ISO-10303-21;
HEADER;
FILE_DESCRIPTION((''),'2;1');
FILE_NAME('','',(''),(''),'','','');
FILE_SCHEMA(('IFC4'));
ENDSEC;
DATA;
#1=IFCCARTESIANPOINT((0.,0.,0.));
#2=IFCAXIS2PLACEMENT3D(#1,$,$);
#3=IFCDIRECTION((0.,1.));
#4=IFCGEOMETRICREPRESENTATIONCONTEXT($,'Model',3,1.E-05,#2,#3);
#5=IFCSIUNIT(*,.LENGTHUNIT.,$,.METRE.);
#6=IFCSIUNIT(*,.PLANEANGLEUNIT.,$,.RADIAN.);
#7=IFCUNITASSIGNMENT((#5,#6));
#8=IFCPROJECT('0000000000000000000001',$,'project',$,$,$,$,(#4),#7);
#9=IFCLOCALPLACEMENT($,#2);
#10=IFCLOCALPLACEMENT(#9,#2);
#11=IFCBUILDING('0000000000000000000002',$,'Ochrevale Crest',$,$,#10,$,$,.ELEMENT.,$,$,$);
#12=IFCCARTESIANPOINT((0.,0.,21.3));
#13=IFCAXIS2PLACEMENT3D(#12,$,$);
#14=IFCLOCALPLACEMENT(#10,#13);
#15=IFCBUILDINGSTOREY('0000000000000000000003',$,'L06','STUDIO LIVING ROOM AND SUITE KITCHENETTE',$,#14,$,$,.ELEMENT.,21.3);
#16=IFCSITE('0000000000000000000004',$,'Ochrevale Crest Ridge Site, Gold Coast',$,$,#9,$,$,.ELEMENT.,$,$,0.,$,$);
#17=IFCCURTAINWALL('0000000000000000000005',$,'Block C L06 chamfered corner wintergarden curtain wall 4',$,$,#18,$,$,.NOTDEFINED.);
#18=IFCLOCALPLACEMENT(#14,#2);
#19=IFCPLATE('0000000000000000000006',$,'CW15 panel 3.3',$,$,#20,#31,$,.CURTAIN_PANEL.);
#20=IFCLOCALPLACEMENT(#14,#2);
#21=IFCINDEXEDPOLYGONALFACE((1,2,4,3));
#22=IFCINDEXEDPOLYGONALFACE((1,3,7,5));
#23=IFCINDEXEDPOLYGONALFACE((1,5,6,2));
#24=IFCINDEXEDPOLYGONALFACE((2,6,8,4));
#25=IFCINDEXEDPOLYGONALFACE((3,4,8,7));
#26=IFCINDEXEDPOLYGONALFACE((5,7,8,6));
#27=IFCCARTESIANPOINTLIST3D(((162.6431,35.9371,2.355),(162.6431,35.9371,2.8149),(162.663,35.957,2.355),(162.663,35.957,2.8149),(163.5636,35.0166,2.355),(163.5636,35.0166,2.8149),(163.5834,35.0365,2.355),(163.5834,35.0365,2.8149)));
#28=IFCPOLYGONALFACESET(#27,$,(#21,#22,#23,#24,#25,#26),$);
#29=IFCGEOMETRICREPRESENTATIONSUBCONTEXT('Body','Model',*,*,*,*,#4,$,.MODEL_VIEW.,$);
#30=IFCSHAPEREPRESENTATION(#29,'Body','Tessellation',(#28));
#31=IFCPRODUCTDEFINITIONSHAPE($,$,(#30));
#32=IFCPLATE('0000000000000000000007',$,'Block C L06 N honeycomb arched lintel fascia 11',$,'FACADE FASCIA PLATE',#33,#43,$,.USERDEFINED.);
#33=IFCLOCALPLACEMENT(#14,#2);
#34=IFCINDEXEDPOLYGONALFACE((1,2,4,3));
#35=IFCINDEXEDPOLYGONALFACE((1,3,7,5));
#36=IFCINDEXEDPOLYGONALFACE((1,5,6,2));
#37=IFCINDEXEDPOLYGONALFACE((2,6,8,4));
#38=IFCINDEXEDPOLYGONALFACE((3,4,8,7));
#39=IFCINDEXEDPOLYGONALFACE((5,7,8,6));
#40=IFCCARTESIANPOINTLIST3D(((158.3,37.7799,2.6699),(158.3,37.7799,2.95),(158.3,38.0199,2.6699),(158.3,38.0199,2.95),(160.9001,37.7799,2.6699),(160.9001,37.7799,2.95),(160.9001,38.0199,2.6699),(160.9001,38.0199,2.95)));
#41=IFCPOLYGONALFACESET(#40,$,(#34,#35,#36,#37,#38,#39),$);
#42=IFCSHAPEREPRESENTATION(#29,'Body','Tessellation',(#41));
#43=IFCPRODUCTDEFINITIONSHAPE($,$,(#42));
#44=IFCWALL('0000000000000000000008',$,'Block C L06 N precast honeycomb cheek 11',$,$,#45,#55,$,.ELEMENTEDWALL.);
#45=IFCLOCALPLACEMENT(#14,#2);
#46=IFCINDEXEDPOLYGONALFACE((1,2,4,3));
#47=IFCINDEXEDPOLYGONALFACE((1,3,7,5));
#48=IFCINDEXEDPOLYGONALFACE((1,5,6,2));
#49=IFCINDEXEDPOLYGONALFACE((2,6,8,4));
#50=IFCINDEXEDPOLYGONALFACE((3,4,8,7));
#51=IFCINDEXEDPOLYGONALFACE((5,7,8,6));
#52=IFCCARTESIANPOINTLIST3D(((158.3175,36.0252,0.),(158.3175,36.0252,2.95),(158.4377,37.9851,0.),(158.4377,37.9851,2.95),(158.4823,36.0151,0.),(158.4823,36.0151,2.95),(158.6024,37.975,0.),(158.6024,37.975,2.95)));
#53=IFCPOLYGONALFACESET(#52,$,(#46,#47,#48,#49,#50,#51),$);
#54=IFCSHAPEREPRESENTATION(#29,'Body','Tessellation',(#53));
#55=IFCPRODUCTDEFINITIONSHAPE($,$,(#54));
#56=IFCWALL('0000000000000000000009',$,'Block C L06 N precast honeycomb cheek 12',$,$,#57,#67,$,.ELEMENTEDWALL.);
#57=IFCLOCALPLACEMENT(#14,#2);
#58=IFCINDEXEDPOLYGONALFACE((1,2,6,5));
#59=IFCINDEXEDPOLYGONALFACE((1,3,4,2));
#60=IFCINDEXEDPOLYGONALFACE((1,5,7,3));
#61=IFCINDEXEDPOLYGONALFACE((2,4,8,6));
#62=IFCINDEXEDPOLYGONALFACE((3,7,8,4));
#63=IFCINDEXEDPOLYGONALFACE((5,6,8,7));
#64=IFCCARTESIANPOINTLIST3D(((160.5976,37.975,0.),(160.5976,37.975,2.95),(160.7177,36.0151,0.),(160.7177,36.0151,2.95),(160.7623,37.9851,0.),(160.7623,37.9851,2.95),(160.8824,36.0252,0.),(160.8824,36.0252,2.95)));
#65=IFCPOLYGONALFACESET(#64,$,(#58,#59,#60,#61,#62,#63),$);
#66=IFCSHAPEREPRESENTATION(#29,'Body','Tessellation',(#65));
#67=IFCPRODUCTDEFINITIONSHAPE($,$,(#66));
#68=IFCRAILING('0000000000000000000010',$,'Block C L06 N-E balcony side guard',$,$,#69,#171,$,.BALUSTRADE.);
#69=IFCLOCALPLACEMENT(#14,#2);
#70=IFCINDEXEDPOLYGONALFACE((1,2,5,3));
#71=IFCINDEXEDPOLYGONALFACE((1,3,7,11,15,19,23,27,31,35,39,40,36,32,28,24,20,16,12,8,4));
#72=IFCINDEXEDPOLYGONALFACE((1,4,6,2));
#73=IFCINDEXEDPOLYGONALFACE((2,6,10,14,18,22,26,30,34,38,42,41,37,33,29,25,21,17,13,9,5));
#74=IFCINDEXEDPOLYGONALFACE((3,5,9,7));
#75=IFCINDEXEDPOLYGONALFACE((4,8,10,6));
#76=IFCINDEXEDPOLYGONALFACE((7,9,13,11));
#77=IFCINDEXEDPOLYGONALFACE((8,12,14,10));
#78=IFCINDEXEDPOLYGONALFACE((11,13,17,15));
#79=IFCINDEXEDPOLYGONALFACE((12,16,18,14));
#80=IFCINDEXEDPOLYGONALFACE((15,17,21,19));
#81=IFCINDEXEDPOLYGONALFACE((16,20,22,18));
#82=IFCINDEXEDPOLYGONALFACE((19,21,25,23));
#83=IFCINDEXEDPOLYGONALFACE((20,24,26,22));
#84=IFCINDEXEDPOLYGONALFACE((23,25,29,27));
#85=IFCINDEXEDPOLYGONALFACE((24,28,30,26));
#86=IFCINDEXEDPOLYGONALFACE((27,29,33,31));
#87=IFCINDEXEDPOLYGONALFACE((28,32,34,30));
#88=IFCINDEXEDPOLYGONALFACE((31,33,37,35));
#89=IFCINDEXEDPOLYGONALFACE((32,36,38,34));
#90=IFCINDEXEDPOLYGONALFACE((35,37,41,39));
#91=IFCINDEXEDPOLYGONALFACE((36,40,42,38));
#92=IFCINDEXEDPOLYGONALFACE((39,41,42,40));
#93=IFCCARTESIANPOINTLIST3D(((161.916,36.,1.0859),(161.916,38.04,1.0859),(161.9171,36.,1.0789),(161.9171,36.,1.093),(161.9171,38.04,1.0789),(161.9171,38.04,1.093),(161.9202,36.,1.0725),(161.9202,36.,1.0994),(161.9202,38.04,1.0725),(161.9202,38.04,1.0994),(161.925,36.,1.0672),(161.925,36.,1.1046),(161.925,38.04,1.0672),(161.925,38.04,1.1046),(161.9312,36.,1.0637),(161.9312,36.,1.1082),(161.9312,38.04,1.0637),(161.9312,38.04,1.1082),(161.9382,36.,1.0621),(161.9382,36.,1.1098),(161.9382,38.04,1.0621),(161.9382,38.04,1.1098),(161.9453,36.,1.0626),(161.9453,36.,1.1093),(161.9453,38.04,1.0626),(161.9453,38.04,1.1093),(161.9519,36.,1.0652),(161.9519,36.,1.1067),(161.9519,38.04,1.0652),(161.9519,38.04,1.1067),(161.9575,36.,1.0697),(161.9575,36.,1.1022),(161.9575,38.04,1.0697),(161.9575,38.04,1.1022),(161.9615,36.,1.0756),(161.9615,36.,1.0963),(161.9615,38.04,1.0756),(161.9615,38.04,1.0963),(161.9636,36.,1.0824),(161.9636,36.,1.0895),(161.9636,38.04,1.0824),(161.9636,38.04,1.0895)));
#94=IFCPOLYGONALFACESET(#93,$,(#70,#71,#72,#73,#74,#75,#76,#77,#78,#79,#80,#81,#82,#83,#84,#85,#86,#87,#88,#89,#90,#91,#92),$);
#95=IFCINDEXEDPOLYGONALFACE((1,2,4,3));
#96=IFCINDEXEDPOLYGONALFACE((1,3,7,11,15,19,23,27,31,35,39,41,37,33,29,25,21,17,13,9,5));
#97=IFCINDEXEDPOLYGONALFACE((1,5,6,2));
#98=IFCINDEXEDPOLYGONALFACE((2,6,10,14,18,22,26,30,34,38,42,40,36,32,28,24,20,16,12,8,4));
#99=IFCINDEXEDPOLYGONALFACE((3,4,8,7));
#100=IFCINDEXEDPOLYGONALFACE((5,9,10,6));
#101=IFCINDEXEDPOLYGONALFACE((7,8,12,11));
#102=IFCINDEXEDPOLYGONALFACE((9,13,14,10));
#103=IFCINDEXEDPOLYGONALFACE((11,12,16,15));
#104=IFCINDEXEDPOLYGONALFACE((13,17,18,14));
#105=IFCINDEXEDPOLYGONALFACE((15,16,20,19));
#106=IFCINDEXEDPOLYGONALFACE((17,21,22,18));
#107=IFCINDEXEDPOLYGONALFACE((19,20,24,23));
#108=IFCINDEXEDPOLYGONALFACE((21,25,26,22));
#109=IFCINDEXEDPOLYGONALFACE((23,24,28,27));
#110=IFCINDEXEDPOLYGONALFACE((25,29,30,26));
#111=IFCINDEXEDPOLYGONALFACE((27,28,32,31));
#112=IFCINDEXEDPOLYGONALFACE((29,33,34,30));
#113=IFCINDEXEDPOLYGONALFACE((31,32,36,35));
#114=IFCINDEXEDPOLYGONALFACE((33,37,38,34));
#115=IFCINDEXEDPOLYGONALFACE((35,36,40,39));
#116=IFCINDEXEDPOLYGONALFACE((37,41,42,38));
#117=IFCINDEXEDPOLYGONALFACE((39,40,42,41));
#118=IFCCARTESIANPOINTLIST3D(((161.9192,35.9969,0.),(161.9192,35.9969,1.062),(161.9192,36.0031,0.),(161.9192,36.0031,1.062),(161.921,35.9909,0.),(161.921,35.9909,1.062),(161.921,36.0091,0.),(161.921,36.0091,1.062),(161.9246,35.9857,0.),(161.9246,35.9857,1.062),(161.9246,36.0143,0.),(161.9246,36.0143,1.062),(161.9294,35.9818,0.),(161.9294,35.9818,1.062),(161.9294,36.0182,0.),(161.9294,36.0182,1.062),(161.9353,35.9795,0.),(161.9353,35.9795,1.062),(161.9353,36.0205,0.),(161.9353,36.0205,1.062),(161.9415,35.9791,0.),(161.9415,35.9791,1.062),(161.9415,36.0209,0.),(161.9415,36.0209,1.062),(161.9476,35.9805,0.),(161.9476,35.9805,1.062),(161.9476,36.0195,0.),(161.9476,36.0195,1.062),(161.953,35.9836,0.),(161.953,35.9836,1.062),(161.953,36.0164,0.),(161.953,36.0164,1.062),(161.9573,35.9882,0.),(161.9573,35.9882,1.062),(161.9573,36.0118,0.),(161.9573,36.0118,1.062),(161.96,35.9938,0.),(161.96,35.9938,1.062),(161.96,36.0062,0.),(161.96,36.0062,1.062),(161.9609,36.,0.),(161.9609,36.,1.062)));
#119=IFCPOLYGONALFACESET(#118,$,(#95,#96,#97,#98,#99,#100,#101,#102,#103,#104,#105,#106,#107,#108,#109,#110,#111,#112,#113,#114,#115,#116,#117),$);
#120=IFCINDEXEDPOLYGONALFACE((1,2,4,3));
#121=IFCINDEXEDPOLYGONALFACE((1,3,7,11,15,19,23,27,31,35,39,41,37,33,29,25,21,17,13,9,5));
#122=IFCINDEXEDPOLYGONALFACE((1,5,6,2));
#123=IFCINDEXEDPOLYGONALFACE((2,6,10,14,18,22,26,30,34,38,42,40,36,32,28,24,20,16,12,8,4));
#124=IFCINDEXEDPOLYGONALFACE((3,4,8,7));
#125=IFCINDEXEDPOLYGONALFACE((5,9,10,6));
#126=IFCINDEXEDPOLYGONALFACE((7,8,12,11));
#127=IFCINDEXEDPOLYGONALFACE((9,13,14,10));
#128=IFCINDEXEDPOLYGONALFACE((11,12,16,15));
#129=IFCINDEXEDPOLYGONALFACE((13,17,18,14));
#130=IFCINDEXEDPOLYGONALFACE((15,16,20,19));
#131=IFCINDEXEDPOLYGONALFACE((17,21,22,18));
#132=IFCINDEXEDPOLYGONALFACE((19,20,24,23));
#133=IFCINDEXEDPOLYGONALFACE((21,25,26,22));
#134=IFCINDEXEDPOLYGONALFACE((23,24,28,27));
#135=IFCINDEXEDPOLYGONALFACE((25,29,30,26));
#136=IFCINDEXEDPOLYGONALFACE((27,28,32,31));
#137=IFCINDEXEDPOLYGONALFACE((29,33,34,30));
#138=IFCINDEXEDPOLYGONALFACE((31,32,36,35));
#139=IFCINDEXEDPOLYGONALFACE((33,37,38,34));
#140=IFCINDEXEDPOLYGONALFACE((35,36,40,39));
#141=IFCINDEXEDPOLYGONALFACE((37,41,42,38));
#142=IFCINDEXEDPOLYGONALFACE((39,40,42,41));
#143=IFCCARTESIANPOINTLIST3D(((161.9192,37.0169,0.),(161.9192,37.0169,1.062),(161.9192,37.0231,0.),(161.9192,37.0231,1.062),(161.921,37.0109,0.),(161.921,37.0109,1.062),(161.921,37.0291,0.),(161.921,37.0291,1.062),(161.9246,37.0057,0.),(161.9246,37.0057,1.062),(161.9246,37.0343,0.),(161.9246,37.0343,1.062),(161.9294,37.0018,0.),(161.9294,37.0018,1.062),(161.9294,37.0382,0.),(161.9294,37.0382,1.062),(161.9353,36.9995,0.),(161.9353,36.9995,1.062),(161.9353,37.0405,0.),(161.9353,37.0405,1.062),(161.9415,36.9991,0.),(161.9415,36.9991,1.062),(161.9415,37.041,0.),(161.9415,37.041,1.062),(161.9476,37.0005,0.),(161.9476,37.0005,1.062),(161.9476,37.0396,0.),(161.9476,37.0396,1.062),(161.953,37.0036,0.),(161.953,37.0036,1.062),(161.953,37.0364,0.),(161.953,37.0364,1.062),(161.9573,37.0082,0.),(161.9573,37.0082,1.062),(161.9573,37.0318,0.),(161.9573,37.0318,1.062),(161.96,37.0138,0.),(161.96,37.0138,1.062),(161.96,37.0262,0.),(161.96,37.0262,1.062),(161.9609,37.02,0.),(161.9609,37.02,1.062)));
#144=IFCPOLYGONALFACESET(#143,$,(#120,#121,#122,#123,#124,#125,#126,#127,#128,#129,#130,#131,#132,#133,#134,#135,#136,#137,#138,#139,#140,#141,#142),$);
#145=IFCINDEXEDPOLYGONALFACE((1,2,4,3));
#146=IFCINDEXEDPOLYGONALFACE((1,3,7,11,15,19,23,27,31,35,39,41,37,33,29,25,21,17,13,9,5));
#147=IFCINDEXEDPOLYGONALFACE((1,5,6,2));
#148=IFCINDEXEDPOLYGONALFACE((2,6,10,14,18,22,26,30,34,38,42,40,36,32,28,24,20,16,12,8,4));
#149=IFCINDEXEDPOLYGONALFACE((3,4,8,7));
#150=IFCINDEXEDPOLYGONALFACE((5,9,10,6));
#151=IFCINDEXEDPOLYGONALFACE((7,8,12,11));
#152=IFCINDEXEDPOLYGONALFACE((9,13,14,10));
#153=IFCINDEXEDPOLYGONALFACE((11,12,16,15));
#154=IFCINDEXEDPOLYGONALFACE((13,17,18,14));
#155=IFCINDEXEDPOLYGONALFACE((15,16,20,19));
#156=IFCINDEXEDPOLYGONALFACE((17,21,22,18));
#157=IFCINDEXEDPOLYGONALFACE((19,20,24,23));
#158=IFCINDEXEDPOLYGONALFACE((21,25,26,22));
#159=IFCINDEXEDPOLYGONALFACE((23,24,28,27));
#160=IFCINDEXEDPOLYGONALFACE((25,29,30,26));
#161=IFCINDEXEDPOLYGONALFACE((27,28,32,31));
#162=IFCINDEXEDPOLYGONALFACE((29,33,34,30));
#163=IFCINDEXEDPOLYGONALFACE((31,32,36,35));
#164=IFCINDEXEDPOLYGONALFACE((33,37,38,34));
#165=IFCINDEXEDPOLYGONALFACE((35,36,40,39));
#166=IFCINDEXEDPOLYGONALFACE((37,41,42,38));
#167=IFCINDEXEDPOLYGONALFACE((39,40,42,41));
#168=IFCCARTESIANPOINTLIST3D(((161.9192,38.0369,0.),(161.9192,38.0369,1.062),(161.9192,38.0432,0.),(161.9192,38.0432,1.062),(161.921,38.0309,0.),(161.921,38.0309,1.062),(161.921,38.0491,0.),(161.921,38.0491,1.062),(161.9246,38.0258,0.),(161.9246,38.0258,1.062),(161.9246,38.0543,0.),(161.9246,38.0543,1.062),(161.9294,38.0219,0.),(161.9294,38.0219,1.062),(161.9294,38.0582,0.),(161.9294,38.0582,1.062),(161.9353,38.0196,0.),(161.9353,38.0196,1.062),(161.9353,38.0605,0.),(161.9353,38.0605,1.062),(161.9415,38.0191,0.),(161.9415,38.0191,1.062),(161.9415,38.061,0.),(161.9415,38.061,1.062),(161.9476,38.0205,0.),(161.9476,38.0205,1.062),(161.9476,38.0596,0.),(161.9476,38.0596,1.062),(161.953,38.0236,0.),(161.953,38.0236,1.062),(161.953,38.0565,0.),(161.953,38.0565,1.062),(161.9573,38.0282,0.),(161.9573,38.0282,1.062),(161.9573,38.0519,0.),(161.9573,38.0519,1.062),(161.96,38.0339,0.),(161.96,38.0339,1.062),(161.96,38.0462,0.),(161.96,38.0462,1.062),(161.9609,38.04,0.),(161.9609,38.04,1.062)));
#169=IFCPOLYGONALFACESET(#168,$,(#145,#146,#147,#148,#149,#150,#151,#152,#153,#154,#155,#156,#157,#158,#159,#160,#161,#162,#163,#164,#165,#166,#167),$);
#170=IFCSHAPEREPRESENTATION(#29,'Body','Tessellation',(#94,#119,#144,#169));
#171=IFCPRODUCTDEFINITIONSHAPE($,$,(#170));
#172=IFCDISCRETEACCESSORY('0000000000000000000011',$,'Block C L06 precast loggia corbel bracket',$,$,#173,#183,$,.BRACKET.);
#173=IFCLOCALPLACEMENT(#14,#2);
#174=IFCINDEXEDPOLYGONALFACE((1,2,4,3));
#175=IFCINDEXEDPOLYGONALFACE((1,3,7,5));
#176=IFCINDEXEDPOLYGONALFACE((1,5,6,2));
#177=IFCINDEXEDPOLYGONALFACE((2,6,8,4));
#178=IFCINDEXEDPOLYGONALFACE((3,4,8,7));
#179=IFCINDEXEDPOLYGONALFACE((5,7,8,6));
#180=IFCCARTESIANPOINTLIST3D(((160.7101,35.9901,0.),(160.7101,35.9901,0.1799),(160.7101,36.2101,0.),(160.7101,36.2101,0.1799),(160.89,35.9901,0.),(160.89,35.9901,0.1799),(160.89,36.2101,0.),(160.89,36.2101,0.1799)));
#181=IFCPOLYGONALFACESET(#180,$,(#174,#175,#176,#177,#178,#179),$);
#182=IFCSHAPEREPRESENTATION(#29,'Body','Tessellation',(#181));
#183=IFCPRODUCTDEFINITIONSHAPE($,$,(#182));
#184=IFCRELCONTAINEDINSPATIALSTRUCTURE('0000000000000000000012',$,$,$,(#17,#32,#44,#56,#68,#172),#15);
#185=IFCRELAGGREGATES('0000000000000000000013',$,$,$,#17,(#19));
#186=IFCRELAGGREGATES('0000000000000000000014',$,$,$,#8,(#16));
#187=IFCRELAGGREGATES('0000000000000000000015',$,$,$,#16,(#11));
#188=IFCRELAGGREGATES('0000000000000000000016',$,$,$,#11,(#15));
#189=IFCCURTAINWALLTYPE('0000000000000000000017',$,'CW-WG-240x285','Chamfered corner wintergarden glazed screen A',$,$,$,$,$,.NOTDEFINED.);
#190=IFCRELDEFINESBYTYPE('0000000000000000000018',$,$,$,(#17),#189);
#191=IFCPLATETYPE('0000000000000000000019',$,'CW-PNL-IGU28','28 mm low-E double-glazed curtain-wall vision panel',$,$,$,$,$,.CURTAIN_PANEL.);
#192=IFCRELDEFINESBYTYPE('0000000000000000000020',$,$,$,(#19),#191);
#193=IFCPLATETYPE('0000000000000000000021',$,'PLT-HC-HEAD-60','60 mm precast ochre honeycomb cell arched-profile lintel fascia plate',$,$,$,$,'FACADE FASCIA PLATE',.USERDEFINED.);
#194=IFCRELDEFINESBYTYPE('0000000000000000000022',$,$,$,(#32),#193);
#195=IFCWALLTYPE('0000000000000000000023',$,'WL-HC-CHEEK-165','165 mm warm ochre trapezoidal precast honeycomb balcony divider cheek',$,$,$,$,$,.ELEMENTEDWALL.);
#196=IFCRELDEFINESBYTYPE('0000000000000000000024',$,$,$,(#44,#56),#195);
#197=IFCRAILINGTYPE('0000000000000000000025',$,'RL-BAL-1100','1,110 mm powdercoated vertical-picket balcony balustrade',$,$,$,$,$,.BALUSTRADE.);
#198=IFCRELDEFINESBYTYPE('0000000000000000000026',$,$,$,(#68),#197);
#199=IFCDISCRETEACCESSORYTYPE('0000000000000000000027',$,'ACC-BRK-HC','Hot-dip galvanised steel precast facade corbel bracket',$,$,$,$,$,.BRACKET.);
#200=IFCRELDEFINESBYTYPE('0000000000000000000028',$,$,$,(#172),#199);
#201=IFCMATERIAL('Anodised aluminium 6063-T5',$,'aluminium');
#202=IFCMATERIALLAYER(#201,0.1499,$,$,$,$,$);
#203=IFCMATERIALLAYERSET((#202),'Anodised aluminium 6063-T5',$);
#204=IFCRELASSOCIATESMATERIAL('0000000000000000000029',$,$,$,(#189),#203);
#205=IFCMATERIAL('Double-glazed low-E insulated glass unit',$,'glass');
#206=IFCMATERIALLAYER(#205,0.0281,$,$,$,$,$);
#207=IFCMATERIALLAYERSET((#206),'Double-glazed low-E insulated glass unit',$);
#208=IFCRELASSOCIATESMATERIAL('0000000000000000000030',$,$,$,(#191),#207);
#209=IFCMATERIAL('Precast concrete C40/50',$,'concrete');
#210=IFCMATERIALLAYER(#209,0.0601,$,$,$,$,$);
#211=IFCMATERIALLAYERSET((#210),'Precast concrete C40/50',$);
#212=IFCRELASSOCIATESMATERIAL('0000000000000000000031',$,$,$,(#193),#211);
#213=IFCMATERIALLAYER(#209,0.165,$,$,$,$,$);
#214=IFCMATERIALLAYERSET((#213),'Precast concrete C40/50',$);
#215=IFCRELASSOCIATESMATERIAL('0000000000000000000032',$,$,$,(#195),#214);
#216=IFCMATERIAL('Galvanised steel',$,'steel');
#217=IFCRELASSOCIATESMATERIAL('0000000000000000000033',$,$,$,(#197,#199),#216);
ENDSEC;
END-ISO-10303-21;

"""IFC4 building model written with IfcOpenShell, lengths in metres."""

from ifc_helpers import new_model, si_unit, direction, frame, frame_2d, origin, origin_2d, place, context, subcontext, project, spatial, rectangle, circle, extrude, material, layer, layer_set, type_object, element, aggregate, save


model = new_model("IFC4")

# Units and contexts
model_context = context("Model", 3, precision=1e-05, world=origin(), true_north=direction((0.0, 1.0)))
body_context = subcontext(model_context, "Body", "Model", "MODEL_VIEW")
ifc_project = project(units=[si_unit("LENGTHUNIT", "METRE"), si_unit("PLANEANGLEUNIT", "RADIAN")], contexts=[model_context])

# Site, building, storey
site_placement = place(None, origin())
site = spatial("IfcSite", under=ifc_project, at=site_placement, Name="Ochrevale Crest Ridge Site, Gold Coast", CompositionType="ELEMENT", RefElevation=0.0)
building_placement = place(site_placement, origin())
building = spatial("IfcBuilding", under=site, at=building_placement, Name="Ochrevale Crest", CompositionType="ELEMENT")
storey_placement = place(building_placement, frame((0.0, 0.0, 21.3)))
storey = spatial("IfcBuildingStorey", under=building, at=storey_placement, Name="L06", Description="STUDIO LIVING ROOM AND SUITE KITCHENETTE", CompositionType="ELEMENT", Elevation=21.3)

# Curtain wall, plate
ifc_material_1 = material(Name="Anodised aluminium 6063-T5", Category="aluminium")
ifc_layer_1 = layer(ifc_material_1, 0.1499)
ifc_layer_set_1 = layer_set([ifc_layer_1], Name="Anodised aluminium 6063-T5")
curtain_wall_type = type_object("IfcCurtainWallType", Name="CW-WG-240x285", Description="Chamfered corner wintergarden glazed screen A", PredefinedType="NOTDEFINED", material=ifc_layer_set_1)
curtain_wall_placement = place(storey_placement, origin())
curtain_wall = element("IfcCurtainWall", 1, at=curtain_wall_placement, inside=storey, type_object=curtain_wall_type, Name="Block C L06 chamfered corner wintergarden curtain wall 4", PredefinedType="NOTDEFINED")
ifc_material_2 = material(Name="Double-glazed low-E insulated glass unit", Category="glass")
ifc_layer_2 = layer(ifc_material_2, 0.0281)
ifc_layer_set_2 = layer_set([ifc_layer_2], Name="Double-glazed low-E insulated glass unit")
plate_type_1 = type_object("IfcPlateType", Name="CW-PNL-IGU28", Description="28 mm low-E double-glazed curtain-wall vision panel", PredefinedType="CURTAIN_PANEL", material=ifc_layer_set_2)
plate_1_placement = place(storey_placement, frame((163.1133, 35.4868, 2.355), z_axis=(0.0, 0.0, 1.0), x_axis=(-0.707107, 0.707107, 0.0)))
plate_1 = element("IfcPlate", 2, at=plate_1_placement, type_object=plate_type_1, Name="CW15 panel 3.3", PredefinedType="CURTAIN_PANEL", context=body_context, shape_type="SweptSolid", body=[
    extrude(rectangle(XDim=1.3018, YDim=0.0281, at=origin_2d()), origin(), (0.0, 0.0, 1.0), 0.46),
])
aggregate(curtain_wall, [plate_1])

# Plate
ifc_material_3 = material(Name="Precast concrete C40/50", Category="concrete")
ifc_layer_3 = layer(ifc_material_3, 0.0601)
ifc_layer_set_3 = layer_set([ifc_layer_3], Name="Precast concrete C40/50")
plate_type_2 = type_object("IfcPlateType", Name="PLT-HC-HEAD-60", Description="60 mm precast ochre honeycomb cell arched-profile lintel fascia plate", ElementType="FACADE FASCIA PLATE", PredefinedType="USERDEFINED", material=ifc_layer_set_3)
plate_2_placement = place(storey_placement, frame((159.6001, 37.8999, 2.6699), z_axis=(0.0, 0.0, 1.0), x_axis=(1.0, 0.0, 0.0)))
element("IfcPlate", 3, at=plate_2_placement, inside=storey, type_object=plate_type_2, Name="Block C L06 N honeycomb arched lintel fascia 11", ObjectType="FACADE FASCIA PLATE", PredefinedType="USERDEFINED", context=body_context, shape_type="SweptSolid", body=[
    extrude(rectangle(XDim=2.6001, YDim=0.24, at=origin_2d()), origin(), (0.0, 0.0, 1.0), 0.28),
])

# Walls
ifc_layer_4 = layer(ifc_material_3, 0.165)
ifc_layer_set_4 = layer_set([ifc_layer_4], Name="Precast concrete C40/50")
wall_type_1 = type_object("IfcWallType", Name="WL-HC-CHEEK-165", Description="165 mm warm ochre trapezoidal precast honeycomb balcony divider cheek", PredefinedType="ELEMENTEDWALL", material=ifc_layer_set_4)
for number, where, z_axis, x_axis, name in (
    (4, (158.3999, 36.02, 0.0), (0.0, 0.0, 1.0), (0.061171, 0.998127, 0.0), "Block C L06 N precast honeycomb cheek 11"),
    (5, (160.8, 36.02, 0.0), (0.0, 0.0, 1.0), (-0.061171, 0.998127, 0.0), "Block C L06 N precast honeycomb cheek 12"),
):
    element("IfcWall", number, at=place(storey_placement, frame(where, z_axis=z_axis, x_axis=x_axis)), inside=storey, type_object=wall_type_1, Name=name, PredefinedType="ELEMENTEDWALL", context=body_context, shape_type="SweptSolid", body=[
        extrude(rectangle(XDim=1.9636, YDim=0.165, at=frame_2d((0.9819, 0.0))), origin(), (0.0, 0.0, 1.0), 2.95),
    ])

# Railing
ifc_material_4 = material(Name="Galvanised steel", Category="steel")
railing_type = type_object("IfcRailingType", Name="RL-BAL-1100", Description="1,110 mm powdercoated vertical-picket balcony balustrade", PredefinedType="BALUSTRADE", material=ifc_material_4)
railing_placement = place(storey_placement, frame((161.9399, 36.0, 0.0)))
element("IfcRailing", 6, at=railing_placement, inside=storey, type_object=railing_type, Name="Block C L06 N-E balcony side guard", PredefinedType="BALUSTRADE", context=body_context, shape_type="SweptSolid", body=[
    extrude(circle(Radius=0.0239, at=origin_2d()), frame((0.0, 0.0, 1.0859), z_axis=(0.0, 1.0, 0.0), x_axis=(-1.0, 0.0, 0.0)), (0.0, 0.0, 1.0), 2.04),
    extrude(circle(Radius=0.021, at=origin_2d()), origin(), (0.0, 0.0, 1.0), 1.062),
    extrude(circle(Radius=0.021, at=origin_2d()), frame((0.0, 1.02, 0.0)), (0.0, 0.0, 1.0), 1.062),
    extrude(circle(Radius=0.021, at=origin_2d()), frame((0.0, 2.04, 0.0)), (0.0, 0.0, 1.0), 1.062),
])

# Discrete accessory
discrete_accessory_type = type_object("IfcDiscreteAccessoryType", Name="ACC-BRK-HC", Description="Hot-dip galvanised steel precast facade corbel bracket", PredefinedType="BRACKET", material=ifc_material_4)
discrete_accessory_placement = place(storey_placement, frame((160.8, 36.1001, 0.0), z_axis=(0.0, 0.0, 1.0), x_axis=(1.0, 0.0, 0.0)))
element("IfcDiscreteAccessory", 7, at=discrete_accessory_placement, inside=storey, type_object=discrete_accessory_type, Name="Block C L06 precast loggia corbel bracket", PredefinedType="BRACKET", context=body_context, shape_type="SweptSolid", body=[
    extrude(rectangle(XDim=0.1799, YDim=0.22, at=origin_2d()), origin(), (0.0, 0.0, 1.0), 0.1799),
])

save(model, "model.ifc")
